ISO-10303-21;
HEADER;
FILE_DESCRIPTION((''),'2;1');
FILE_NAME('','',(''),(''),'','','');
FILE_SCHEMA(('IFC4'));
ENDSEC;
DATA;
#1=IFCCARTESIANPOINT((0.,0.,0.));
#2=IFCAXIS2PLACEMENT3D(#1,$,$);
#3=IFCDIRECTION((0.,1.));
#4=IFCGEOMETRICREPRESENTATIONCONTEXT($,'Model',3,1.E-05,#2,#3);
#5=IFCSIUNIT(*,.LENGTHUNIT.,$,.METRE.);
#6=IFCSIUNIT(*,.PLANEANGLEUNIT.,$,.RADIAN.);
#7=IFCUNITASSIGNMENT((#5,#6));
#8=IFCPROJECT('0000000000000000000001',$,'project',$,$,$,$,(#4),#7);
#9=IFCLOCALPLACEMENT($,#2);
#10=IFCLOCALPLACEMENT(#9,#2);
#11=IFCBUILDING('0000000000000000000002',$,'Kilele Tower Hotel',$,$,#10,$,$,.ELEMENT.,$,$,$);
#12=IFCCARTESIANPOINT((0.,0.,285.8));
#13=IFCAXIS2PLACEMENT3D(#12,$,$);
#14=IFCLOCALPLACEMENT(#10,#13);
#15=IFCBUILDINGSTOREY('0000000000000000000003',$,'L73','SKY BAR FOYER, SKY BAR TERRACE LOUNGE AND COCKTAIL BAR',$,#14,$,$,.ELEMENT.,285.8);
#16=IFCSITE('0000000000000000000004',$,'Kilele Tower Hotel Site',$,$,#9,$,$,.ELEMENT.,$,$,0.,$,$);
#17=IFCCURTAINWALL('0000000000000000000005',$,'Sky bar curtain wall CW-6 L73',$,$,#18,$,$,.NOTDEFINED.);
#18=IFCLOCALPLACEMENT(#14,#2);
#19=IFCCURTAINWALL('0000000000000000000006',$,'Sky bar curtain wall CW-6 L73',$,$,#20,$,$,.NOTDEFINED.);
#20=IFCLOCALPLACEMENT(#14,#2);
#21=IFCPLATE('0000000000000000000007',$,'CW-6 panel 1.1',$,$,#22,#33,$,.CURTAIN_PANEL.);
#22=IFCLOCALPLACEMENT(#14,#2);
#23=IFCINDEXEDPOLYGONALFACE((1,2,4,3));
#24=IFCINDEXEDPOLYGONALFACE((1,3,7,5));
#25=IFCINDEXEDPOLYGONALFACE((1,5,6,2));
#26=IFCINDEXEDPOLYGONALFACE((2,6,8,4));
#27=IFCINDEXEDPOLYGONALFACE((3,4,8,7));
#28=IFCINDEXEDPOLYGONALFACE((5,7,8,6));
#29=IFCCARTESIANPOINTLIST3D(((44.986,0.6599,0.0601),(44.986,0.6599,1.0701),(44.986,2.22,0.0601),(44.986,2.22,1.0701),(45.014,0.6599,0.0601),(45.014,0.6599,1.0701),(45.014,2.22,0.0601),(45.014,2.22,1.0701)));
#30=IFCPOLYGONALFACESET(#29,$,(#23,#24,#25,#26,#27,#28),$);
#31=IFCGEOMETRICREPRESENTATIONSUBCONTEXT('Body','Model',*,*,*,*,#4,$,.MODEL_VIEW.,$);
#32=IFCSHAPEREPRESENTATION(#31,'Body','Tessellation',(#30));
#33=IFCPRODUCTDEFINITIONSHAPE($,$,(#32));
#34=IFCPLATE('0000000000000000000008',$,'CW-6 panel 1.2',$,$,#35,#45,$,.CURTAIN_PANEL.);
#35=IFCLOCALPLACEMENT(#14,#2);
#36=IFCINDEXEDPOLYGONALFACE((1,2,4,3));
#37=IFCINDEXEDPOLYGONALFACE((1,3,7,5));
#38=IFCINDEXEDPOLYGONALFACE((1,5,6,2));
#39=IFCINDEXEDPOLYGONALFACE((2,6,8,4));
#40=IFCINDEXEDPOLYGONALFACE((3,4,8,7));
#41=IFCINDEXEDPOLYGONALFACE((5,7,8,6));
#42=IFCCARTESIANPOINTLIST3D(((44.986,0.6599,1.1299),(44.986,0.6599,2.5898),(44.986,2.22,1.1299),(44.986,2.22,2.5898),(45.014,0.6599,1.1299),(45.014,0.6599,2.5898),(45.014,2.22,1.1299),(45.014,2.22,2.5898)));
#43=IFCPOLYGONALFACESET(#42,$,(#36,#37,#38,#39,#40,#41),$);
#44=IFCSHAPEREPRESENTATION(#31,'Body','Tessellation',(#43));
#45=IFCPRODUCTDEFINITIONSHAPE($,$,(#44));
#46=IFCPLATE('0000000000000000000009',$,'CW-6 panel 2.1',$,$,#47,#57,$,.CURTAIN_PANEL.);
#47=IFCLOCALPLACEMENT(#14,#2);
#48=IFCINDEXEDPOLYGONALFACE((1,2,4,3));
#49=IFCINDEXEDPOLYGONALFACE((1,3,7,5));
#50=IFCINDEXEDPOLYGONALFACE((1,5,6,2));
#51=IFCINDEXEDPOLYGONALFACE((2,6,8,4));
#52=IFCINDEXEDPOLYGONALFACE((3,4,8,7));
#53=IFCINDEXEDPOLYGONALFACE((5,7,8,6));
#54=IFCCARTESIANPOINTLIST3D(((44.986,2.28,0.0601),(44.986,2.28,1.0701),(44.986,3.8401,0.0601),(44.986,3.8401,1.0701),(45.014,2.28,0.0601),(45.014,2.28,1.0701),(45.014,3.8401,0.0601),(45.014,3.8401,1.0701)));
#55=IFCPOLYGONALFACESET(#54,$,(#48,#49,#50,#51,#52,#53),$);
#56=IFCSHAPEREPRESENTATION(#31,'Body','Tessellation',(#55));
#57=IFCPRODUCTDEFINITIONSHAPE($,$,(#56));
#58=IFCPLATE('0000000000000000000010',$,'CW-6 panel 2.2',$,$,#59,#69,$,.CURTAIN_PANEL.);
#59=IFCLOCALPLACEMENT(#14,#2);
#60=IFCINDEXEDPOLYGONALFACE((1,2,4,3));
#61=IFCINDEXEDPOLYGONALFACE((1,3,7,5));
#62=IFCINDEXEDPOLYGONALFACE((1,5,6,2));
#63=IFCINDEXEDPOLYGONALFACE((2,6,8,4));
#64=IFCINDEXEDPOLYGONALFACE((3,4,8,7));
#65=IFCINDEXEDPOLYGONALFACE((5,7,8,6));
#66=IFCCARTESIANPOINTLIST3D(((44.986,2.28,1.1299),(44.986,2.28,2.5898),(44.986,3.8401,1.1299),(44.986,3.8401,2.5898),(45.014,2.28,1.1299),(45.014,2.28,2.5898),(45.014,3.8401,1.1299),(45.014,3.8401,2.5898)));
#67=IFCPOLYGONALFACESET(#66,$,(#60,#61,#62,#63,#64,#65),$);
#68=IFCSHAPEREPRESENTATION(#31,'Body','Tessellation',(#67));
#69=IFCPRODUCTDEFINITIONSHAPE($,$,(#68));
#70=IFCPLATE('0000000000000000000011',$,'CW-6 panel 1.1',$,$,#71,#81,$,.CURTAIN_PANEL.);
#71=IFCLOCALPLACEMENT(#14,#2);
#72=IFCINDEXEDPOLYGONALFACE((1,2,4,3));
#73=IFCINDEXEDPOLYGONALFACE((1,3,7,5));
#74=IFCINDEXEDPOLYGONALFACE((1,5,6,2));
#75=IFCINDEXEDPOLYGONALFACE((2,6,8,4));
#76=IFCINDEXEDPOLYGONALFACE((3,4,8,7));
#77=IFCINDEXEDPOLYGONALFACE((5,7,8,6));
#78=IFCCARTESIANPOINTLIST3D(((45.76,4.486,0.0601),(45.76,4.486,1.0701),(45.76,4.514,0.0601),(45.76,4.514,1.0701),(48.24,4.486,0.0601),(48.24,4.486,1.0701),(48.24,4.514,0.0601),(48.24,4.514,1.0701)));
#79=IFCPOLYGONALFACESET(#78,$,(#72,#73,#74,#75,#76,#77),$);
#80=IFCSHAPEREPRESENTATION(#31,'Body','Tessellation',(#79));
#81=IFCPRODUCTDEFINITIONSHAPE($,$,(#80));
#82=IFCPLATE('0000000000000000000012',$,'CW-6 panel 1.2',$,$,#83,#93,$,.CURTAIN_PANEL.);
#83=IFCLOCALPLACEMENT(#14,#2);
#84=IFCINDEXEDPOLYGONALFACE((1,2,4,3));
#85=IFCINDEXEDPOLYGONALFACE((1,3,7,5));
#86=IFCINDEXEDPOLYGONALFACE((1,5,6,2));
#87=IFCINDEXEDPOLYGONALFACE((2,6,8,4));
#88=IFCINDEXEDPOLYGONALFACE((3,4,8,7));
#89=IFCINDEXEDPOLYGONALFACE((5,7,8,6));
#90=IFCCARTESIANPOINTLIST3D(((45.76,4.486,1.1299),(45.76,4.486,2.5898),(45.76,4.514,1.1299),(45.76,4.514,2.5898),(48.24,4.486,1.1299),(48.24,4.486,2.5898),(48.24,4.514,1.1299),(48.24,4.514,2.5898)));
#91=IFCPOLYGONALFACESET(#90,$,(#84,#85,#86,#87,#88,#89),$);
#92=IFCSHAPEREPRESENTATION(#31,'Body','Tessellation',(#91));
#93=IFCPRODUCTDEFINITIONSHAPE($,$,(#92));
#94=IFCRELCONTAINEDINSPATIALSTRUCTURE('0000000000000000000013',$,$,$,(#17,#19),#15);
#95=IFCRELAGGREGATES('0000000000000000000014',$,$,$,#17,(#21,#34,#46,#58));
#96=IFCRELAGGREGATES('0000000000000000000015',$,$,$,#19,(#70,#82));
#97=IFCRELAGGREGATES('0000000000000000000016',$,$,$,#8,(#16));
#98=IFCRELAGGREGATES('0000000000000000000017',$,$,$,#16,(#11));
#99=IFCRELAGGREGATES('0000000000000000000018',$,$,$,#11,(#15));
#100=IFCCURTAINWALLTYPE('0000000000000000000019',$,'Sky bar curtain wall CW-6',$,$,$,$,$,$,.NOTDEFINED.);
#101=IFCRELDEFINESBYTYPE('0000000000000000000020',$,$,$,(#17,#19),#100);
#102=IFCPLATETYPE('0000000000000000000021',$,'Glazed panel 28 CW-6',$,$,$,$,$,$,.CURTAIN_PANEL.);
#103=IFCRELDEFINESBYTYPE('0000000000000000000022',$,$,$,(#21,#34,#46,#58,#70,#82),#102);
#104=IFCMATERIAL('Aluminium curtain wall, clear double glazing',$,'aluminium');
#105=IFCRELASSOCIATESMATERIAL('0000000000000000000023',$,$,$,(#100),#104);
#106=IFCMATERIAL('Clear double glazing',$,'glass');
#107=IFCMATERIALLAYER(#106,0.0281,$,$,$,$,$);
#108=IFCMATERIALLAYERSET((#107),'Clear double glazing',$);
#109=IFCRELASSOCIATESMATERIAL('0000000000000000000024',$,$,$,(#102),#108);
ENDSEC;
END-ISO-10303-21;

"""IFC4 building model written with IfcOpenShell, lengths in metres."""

from ifc_helpers import new_model, si_unit, direction, frame, origin, origin_2d, place, context, subcontext, project, spatial, rectangle, extrude, material, layer, layer_set, type_object, element, aggregate, save


model = new_model("IFC4")

# Units and contexts
model_context = context("Model", 3, precision=1e-05, world=origin(), true_north=direction((0.0, 1.0)))
body_context = subcontext(model_context, "Body", "Model", "MODEL_VIEW")
ifc_project = project(units=[si_unit("LENGTHUNIT", "METRE"), si_unit("PLANEANGLEUNIT", "RADIAN")], contexts=[model_context])

# Site, building, storey
site_placement = place(None, origin())
site = spatial("IfcSite", under=ifc_project, at=site_placement, Name="Kilele Tower Hotel Site", CompositionType="ELEMENT", RefElevation=0.0)
building_placement = place(site_placement, origin())
building = spatial("IfcBuilding", under=site, at=building_placement, Name="Kilele Tower Hotel", CompositionType="ELEMENT")
storey_placement = place(building_placement, frame((0.0, 0.0, 285.8)))
storey = spatial("IfcBuildingStorey", under=building, at=storey_placement, Name="L73", Description="SKY BAR FOYER, SKY BAR TERRACE LOUNGE AND COCKTAIL BAR", CompositionType="ELEMENT", Elevation=285.8)

# Curtain walls
ifc_material_1 = material(Name="Aluminium curtain wall, clear double glazing", Category="aluminium")
curtain_wall_type = type_object("IfcCurtainWallType", Name="Sky bar curtain wall CW-6", PredefinedType="NOTDEFINED", material=ifc_material_1)
curtain_wall_1_placement = place(storey_placement, origin())
curtain_wall_1 = element("IfcCurtainWall", 1, at=curtain_wall_1_placement, inside=storey, type_object=curtain_wall_type, Name="Sky bar curtain wall CW-6 L73", PredefinedType="NOTDEFINED")
curtain_wall_2_placement = place(storey_placement, origin())
curtain_wall_2 = element("IfcCurtainWall", 2, at=curtain_wall_2_placement, inside=storey, type_object=curtain_wall_type, Name="Sky bar curtain wall CW-6 L73", PredefinedType="NOTDEFINED")

# Plates
ifc_material_2 = material(Name="Clear double glazing", Category="glass")
ifc_layer = layer(ifc_material_2, 0.0281)
ifc_layer_set = layer_set([ifc_layer], Name="Clear double glazing")
plate_type = type_object("IfcPlateType", Name="Glazed panel 28 CW-6", PredefinedType="CURTAIN_PANEL", material=ifc_layer_set)
plate_1_placement = place(storey_placement, frame((45.0, 1.4399, 0.0601), z_axis=(0.0, 0.0, 1.0), x_axis=(0.0, 1.0, 0.0)))
plate_1 = element("IfcPlate", 3, at=plate_1_placement, type_object=plate_type, Name="CW-6 panel 1.1", PredefinedType="CURTAIN_PANEL", context=body_context, shape_type="SweptSolid", body=[
    extrude(rectangle(XDim=1.5601, YDim=0.0281, at=origin_2d()), origin(), (0.0, 0.0, 1.0), 1.01),
])
plate_2_placement = place(storey_placement, frame((45.0, 1.4399, 1.1299), z_axis=(0.0, 0.0, 1.0), x_axis=(0.0, 1.0, 0.0)))
plate_2 = element("IfcPlate", 4, at=plate_2_placement, type_object=plate_type, Name="CW-6 panel 1.2", PredefinedType="CURTAIN_PANEL", context=body_context, shape_type="SweptSolid", body=[
    extrude(rectangle(XDim=1.5601, YDim=0.0281, at=origin_2d()), origin(), (0.0, 0.0, 1.0), 1.46),
])
plate_3_placement = place(storey_placement, frame((45.0, 3.0601, 0.0601), z_axis=(0.0, 0.0, 1.0), x_axis=(0.0, 1.0, 0.0)))
plate_3 = element("IfcPlate", 5, at=plate_3_placement, type_object=plate_type, Name="CW-6 panel 2.1", PredefinedType="CURTAIN_PANEL", context=body_context, shape_type="SweptSolid", body=[
    extrude(rectangle(XDim=1.5601, YDim=0.0281, at=origin_2d()), origin(), (0.0, 0.0, 1.0), 1.01),
])
plate_4_placement = place(storey_placement, frame((45.0, 3.0601, 1.1299), z_axis=(0.0, 0.0, 1.0), x_axis=(0.0, 1.0, 0.0)))
plate_4 = element("IfcPlate", 6, at=plate_4_placement, type_object=plate_type, Name="CW-6 panel 2.2", PredefinedType="CURTAIN_PANEL", context=body_context, shape_type="SweptSolid", body=[
    extrude(rectangle(XDim=1.5601, YDim=0.0281, at=origin_2d()), origin(), (0.0, 0.0, 1.0), 1.46),
])
aggregate(curtain_wall_1, [plate_1, plate_2, plate_3, plate_4])
plate_5_placement = place(storey_placement, frame((47.0, 4.5, 0.0601), z_axis=(0.0, 0.0, 1.0), x_axis=(1.0, 0.0, 0.0)))
plate_5 = element("IfcPlate", 7, at=plate_5_placement, type_object=plate_type, Name="CW-6 panel 1.1", PredefinedType="CURTAIN_PANEL", context=body_context, shape_type="SweptSolid", body=[
    extrude(rectangle(XDim=2.48, YDim=0.0281, at=origin_2d()), origin(), (0.0, 0.0, 1.0), 1.01),
])
plate_6_placement = place(storey_placement, frame((47.0, 4.5, 1.1299), z_axis=(0.0, 0.0, 1.0), x_axis=(1.0, 0.0, 0.0)))
plate_6 = element("IfcPlate", 8, at=plate_6_placement, type_object=plate_type, Name="CW-6 panel 1.2", PredefinedType="CURTAIN_PANEL", context=body_context, shape_type="SweptSolid", body=[
    extrude(rectangle(XDim=2.48, YDim=0.0281, at=origin_2d()), origin(), (0.0, 0.0, 1.0), 1.46),
])
aggregate(curtain_wall_2, [plate_5, plate_6])

save(model, "model.ifc")
